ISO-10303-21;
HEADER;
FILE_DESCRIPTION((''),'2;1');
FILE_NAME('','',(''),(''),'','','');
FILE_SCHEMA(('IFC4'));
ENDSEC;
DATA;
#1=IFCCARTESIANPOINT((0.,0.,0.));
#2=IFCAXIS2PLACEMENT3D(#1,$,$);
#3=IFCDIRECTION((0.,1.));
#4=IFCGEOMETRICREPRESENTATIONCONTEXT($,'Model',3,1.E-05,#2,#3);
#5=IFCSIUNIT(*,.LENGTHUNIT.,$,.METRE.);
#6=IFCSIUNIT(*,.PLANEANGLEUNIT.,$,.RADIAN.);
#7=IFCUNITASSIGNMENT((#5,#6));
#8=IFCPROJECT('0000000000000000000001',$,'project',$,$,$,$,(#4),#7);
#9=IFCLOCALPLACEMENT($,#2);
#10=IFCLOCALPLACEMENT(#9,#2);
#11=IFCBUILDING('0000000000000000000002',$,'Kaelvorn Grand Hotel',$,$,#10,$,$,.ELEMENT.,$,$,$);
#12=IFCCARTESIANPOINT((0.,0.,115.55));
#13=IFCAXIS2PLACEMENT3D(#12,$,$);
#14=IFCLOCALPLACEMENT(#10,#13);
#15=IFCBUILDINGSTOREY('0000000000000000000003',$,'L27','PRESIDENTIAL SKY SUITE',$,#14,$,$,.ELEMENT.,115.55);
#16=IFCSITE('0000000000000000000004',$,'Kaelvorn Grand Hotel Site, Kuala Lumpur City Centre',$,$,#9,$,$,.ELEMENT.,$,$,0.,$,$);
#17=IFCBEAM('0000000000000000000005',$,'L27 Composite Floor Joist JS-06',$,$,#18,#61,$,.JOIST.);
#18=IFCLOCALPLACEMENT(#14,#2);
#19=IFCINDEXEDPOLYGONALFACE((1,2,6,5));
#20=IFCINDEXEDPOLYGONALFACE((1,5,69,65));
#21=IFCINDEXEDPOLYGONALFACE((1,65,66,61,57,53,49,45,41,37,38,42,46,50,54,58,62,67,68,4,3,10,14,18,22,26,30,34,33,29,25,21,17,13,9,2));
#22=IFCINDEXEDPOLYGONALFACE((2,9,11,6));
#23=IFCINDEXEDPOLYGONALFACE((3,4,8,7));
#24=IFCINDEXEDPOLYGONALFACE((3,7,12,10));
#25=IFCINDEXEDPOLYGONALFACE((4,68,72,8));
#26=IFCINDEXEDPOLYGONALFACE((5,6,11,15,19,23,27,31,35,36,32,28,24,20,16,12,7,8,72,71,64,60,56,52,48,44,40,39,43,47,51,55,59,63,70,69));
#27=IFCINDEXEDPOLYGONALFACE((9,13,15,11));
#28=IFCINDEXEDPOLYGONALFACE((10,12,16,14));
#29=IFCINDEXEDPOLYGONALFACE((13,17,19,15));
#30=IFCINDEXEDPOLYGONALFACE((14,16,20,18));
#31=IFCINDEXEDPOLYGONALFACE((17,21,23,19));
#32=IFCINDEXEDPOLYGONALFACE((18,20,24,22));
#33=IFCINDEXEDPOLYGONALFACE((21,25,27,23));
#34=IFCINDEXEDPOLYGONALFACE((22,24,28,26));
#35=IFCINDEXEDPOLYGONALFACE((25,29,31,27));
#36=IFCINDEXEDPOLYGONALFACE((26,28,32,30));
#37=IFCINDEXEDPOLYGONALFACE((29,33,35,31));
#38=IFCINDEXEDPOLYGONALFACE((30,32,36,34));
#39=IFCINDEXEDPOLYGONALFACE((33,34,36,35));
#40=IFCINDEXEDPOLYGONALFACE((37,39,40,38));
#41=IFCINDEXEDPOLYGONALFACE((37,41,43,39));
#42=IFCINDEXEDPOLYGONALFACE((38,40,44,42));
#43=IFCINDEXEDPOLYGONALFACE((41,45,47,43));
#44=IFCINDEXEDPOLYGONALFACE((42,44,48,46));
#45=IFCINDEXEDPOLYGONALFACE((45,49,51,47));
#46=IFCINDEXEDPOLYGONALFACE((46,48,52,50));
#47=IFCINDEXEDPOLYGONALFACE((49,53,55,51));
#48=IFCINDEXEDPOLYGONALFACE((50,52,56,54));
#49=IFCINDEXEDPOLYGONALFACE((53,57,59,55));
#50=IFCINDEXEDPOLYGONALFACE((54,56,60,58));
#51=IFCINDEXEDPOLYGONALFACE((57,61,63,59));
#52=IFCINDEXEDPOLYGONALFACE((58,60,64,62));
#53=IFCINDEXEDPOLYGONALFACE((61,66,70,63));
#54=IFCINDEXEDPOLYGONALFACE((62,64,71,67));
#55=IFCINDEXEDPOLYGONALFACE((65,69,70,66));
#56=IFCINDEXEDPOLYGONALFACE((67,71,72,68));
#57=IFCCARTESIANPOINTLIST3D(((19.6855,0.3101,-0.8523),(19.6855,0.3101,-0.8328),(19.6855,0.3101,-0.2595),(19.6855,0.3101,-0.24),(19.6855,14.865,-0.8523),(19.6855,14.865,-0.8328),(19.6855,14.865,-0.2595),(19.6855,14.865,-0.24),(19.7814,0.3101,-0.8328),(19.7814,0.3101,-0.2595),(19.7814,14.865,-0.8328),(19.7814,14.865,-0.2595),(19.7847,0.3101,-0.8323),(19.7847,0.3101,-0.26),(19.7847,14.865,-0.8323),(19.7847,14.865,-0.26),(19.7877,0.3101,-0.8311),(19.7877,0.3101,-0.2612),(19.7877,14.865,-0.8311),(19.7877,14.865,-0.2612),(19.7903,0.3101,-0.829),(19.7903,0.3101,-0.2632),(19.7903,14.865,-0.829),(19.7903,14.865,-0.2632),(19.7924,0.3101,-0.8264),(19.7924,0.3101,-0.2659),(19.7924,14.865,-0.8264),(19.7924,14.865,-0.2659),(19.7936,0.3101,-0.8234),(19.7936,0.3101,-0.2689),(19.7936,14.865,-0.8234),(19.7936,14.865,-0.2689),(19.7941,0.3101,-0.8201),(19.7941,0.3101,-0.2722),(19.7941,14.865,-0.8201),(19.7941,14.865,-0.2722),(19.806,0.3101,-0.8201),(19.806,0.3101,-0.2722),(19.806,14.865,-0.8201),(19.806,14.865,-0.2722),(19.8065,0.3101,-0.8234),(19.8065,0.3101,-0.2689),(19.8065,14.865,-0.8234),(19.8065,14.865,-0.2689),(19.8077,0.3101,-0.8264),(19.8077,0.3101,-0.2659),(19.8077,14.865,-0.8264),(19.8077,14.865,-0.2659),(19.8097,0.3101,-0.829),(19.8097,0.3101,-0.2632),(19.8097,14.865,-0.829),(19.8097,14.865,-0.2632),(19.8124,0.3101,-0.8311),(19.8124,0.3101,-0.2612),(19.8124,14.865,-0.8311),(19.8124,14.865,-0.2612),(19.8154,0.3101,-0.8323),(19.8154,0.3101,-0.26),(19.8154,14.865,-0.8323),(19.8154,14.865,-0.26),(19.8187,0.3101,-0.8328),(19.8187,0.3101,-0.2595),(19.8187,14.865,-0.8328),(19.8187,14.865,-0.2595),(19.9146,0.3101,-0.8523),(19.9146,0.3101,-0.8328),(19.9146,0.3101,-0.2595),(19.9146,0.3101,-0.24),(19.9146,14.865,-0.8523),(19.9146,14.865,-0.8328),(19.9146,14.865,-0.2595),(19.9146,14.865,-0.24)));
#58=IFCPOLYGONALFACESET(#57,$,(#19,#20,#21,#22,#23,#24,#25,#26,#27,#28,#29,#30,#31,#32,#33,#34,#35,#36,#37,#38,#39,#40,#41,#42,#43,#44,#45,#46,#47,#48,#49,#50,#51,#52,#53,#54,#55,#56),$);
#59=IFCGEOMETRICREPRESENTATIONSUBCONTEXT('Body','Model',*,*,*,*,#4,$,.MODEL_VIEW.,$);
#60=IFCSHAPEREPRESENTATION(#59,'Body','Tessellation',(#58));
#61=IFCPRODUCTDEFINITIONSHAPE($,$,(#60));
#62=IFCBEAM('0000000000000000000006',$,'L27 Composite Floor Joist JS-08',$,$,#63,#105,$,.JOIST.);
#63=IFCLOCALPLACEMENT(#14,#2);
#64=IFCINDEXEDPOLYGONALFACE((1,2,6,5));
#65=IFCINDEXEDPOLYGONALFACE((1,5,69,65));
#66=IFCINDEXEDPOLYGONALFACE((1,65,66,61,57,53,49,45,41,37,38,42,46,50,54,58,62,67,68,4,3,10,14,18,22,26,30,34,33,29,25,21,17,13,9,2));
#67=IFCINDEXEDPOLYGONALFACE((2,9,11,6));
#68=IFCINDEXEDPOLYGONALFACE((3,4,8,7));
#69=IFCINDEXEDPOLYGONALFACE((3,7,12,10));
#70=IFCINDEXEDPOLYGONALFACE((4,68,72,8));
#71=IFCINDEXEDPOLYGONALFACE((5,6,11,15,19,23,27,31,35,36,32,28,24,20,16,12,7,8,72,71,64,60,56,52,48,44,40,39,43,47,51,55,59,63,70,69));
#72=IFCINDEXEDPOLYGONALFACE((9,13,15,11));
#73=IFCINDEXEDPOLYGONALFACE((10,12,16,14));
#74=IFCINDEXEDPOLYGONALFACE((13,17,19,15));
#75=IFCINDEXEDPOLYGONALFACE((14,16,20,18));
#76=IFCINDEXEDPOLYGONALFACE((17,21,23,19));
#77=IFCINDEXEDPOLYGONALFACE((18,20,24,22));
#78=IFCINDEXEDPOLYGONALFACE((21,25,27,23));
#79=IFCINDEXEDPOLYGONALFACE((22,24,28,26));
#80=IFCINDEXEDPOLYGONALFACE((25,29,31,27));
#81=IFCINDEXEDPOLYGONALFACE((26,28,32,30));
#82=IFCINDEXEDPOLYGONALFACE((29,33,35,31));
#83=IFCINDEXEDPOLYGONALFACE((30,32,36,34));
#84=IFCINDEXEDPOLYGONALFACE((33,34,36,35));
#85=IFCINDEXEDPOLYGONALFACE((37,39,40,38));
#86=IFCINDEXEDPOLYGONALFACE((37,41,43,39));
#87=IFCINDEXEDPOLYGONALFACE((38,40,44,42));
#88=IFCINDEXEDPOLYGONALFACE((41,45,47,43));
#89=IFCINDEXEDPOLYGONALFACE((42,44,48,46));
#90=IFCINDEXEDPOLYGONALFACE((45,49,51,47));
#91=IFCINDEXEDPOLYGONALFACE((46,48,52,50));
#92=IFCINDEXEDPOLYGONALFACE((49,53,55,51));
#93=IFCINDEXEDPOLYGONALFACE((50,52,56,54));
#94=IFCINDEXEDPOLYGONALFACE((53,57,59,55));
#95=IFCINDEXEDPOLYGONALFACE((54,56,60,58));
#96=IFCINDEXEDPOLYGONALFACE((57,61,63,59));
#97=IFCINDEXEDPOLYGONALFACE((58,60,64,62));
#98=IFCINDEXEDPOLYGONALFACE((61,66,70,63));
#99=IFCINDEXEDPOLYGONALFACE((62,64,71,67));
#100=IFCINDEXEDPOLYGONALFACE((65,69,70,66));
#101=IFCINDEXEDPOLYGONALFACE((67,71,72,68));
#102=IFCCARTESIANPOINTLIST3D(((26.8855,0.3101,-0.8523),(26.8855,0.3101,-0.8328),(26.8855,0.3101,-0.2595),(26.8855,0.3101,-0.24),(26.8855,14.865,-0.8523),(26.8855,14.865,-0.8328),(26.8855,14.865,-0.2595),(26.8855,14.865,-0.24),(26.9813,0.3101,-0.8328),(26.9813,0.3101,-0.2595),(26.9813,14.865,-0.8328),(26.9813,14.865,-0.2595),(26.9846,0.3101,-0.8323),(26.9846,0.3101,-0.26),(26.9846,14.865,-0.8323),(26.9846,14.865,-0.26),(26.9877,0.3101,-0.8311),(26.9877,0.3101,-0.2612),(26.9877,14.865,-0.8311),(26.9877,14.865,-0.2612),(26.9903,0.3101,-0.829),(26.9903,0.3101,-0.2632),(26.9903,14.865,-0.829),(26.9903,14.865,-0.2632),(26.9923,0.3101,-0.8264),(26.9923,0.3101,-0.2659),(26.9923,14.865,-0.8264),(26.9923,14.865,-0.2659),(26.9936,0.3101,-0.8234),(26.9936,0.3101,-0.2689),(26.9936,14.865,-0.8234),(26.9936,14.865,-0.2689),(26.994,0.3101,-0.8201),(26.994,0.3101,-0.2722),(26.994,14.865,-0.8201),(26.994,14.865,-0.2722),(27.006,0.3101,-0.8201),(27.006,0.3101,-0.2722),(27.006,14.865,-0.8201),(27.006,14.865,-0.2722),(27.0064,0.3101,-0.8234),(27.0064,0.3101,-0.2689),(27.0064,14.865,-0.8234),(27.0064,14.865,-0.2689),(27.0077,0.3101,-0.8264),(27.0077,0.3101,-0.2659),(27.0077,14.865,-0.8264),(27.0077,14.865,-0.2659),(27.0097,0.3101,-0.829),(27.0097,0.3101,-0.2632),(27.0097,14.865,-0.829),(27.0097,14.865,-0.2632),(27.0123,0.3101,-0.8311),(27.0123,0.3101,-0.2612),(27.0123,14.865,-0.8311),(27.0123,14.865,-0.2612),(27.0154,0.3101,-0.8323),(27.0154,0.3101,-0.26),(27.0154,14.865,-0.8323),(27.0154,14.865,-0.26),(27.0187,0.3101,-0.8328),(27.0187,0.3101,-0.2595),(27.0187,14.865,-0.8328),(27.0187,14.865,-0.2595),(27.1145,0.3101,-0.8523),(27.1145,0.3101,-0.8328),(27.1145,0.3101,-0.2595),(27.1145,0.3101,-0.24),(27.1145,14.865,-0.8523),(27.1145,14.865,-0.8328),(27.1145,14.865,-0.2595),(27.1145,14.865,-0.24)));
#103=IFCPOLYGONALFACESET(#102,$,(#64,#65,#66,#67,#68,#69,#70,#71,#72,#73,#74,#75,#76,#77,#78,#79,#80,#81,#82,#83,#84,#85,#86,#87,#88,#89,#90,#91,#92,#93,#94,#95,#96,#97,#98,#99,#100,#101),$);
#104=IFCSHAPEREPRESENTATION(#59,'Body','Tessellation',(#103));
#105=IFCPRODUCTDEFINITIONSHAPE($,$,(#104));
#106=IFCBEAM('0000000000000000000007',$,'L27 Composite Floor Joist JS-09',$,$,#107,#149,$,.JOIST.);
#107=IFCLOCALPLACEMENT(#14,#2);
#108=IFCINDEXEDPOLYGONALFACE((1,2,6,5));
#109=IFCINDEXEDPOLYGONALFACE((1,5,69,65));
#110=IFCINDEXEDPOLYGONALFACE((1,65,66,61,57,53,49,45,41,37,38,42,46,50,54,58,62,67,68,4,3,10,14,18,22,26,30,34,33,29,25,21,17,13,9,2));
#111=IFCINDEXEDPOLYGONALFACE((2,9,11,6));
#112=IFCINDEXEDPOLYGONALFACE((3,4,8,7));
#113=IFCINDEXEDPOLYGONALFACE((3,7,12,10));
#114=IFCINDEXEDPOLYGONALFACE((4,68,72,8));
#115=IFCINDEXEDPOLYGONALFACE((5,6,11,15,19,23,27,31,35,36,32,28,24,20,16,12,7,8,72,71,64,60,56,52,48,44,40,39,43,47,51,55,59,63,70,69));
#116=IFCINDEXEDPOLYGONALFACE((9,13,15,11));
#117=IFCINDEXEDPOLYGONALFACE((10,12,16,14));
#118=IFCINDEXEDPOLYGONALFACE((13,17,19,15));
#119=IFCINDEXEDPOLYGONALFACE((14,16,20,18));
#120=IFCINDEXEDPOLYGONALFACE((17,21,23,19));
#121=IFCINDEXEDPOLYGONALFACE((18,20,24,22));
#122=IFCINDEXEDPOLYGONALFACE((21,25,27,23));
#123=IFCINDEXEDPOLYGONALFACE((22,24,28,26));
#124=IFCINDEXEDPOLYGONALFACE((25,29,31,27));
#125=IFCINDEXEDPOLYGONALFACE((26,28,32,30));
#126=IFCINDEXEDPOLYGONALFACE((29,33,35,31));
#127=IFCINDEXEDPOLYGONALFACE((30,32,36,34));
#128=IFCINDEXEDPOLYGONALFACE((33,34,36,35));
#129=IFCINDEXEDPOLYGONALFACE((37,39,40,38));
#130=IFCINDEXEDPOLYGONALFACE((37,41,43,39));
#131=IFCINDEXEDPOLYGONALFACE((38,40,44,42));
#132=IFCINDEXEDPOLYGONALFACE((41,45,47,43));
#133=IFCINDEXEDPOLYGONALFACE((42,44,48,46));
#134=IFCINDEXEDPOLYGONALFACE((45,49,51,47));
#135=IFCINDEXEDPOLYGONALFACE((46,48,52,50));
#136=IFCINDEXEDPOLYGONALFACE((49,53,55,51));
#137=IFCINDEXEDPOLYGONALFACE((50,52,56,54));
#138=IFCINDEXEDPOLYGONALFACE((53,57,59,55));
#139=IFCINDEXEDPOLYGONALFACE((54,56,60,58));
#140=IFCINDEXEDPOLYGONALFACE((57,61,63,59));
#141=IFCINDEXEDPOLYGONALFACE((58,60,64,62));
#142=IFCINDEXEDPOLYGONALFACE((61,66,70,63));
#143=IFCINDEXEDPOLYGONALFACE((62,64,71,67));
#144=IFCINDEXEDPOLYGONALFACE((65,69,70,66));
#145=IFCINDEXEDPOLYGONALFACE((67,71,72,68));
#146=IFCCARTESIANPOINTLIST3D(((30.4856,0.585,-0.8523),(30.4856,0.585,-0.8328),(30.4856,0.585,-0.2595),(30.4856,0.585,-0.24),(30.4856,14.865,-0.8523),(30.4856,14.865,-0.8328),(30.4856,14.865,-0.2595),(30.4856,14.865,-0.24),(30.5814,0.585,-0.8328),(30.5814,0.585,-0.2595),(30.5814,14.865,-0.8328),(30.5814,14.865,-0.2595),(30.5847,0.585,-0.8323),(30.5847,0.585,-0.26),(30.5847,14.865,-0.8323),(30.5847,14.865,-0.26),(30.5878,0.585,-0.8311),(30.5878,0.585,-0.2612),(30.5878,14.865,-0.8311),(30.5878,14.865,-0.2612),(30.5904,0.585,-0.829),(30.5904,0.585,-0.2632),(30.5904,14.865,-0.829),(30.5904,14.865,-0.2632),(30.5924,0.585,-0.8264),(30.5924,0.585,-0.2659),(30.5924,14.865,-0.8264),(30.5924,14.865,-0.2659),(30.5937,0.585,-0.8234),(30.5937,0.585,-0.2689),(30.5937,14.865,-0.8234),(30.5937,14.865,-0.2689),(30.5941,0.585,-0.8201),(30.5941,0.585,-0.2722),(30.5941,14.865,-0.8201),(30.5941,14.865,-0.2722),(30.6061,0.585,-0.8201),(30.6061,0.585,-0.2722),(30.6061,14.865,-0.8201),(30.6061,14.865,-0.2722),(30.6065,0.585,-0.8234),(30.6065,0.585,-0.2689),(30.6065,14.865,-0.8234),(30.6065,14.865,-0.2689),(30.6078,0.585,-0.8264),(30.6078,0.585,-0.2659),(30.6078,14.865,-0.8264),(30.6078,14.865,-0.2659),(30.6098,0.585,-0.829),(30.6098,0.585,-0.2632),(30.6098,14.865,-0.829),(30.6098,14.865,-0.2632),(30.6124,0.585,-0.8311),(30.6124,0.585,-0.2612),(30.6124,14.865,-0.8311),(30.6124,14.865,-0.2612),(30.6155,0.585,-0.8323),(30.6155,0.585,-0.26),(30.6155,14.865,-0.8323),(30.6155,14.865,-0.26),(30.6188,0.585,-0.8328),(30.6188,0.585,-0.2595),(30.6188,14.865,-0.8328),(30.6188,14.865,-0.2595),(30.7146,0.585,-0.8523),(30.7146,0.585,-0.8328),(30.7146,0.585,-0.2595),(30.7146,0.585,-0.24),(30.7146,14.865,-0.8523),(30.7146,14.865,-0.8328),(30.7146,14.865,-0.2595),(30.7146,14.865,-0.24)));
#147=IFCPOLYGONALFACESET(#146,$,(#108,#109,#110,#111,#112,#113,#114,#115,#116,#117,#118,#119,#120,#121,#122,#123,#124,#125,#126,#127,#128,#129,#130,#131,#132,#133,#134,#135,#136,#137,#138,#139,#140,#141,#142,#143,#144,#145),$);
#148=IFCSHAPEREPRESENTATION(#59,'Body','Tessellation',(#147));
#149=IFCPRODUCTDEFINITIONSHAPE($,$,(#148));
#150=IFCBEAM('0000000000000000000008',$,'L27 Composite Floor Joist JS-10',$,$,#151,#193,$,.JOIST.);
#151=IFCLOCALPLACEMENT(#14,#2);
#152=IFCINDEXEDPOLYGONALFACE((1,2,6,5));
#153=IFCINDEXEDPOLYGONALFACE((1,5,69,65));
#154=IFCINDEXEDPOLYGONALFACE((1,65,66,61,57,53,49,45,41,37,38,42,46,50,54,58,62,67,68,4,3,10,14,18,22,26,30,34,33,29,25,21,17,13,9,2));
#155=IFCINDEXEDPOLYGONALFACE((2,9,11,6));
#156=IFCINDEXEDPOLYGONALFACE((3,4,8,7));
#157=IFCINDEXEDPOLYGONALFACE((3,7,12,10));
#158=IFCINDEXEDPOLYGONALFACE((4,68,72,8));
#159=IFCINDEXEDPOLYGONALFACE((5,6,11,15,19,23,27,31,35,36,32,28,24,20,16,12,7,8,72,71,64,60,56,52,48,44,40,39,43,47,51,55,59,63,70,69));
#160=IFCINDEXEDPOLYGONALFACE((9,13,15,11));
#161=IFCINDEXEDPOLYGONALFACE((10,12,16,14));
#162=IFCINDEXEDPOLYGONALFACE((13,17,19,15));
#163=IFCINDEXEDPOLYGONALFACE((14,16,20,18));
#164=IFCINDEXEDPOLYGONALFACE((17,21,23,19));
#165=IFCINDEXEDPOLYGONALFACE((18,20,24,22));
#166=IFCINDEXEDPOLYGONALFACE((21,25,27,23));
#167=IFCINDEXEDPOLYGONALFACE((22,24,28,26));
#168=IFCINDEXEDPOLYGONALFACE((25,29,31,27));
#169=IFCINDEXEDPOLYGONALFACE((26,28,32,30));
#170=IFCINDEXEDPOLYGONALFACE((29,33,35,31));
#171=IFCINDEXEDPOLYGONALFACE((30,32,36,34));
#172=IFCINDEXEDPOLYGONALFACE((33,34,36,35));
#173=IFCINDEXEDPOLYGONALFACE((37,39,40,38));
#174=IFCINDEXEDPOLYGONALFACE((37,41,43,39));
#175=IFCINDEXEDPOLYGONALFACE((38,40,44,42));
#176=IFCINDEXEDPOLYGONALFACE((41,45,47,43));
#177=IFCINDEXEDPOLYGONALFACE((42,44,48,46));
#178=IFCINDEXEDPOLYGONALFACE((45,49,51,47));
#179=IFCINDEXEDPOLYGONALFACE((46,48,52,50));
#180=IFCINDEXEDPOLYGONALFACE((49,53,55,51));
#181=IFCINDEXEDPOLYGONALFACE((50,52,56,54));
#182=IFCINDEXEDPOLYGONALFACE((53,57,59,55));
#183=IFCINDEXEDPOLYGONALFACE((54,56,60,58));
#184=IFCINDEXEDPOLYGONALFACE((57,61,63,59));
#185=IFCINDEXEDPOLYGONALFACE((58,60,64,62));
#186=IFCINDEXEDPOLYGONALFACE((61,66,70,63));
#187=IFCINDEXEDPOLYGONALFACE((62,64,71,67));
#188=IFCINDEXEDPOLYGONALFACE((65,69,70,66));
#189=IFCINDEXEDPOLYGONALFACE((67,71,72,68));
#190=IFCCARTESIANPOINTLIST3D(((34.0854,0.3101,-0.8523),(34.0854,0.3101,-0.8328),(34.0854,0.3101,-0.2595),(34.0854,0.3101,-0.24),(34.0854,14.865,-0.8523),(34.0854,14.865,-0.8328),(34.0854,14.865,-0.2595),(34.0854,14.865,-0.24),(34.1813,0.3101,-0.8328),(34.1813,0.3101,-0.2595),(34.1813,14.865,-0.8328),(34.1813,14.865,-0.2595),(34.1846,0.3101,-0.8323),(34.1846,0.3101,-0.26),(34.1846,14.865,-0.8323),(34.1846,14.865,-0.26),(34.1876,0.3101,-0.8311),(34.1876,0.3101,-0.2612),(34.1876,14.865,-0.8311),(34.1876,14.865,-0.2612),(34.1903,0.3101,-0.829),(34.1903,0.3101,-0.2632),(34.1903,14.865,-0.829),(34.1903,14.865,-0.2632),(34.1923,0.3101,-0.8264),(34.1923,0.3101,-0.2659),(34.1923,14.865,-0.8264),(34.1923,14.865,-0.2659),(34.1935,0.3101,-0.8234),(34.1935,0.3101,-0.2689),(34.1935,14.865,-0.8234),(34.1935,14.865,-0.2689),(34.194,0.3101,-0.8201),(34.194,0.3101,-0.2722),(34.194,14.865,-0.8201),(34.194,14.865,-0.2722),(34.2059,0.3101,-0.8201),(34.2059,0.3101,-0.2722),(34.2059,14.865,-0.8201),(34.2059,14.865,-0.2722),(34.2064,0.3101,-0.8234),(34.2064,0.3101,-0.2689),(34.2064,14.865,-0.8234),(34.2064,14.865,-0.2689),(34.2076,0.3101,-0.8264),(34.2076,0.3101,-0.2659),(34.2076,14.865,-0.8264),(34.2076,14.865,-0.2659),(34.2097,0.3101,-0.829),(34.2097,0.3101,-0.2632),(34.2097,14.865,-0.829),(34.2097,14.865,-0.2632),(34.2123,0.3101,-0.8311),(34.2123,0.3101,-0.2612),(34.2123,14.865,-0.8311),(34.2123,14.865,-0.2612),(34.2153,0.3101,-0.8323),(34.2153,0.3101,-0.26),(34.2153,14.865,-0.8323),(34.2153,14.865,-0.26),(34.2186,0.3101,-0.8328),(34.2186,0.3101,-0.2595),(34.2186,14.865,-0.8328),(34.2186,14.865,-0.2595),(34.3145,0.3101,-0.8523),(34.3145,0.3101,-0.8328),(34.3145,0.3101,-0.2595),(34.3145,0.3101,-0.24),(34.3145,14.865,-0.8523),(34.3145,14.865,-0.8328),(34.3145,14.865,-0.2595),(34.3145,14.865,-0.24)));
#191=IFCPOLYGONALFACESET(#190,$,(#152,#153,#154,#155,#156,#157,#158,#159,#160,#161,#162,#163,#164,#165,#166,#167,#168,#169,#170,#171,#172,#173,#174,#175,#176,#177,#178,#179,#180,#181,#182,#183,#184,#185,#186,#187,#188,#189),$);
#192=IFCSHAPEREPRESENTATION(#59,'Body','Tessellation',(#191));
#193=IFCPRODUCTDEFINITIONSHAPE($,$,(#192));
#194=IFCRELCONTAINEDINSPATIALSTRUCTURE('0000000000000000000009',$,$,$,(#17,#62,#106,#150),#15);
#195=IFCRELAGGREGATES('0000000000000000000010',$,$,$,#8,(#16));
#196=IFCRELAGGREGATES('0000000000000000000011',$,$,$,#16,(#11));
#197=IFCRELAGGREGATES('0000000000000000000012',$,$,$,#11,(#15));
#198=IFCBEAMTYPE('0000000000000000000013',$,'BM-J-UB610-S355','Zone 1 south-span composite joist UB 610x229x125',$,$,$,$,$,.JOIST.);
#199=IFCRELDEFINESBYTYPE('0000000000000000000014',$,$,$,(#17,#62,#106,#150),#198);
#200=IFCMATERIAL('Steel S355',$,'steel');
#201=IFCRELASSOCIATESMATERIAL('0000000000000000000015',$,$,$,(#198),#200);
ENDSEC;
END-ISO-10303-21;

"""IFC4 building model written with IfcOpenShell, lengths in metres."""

from ifc_helpers import new_model, si_unit, direction, frame, origin, origin_2d, place, context, subcontext, project, spatial, i_section, extrude, material, material_profile, profile_set, type_object, element, save


model = new_model("IFC4")

# Units and contexts
model_context = context("Model", 3, precision=1e-05, world=origin(), true_north=direction((0.0, 1.0)))
body_context = subcontext(model_context, "Body", "Model", "MODEL_VIEW")
ifc_project = project(units=[si_unit("LENGTHUNIT", "METRE"), si_unit("PLANEANGLEUNIT", "RADIAN")], contexts=[model_context])

# Site, building, storey
site_placement = place(None, origin())
site = spatial("IfcSite", under=ifc_project, at=site_placement, Name="Kaelvorn Grand Hotel Site, Kuala Lumpur City Centre", CompositionType="ELEMENT", RefElevation=0.0)
building_placement = place(site_placement, origin())
building = spatial("IfcBuilding", under=site, at=building_placement, Name="Kaelvorn Grand Hotel", CompositionType="ELEMENT")
storey_placement = place(building_placement, frame((0.0, 0.0, 115.55)))
storey = spatial("IfcBuildingStorey", under=building, at=storey_placement, Name="L27", Description="PRESIDENTIAL SKY SUITE", CompositionType="ELEMENT", Elevation=115.55)

# Beams
ifc_material_1 = material(Name="Steel S355", Category="steel")
ifc_material_profile_1 = material_profile(ifc_material_1, i_section(OverallWidth=0.229, OverallDepth=0.6123, WebThickness=0.012, FlangeThickness=0.0195, FilletRadius=0.0127, at=origin_2d()), Name="UB 610x229x125")
ifc_profile_set_1 = profile_set([ifc_material_profile_1], Name="Steel S355")
beam_type_1 = type_object("IfcBeamType", Name="BM-J-UB610-S355", Description="Zone 1 south-span composite joist UB 610x229x125", PredefinedType="JOIST", material=ifc_profile_set_1)
for number, where, z_axis, x_axis, name in (
    (1, (19.8, 0.3101, -0.5461), (0.0, 1.0, 0.0), (-1.0, 0.0, 0.0), "L27 Composite Floor Joist JS-06"),
    (2, (27.0, 0.3101, -0.5461), (0.0, 1.0, 0.0), (-1.0, 0.0, 0.0), "L27 Composite Floor Joist JS-08"),
):
    element("IfcBeam", number, at=place(storey_placement, frame(where, z_axis=z_axis, x_axis=x_axis)), inside=storey, type_object=beam_type_1, Name=name, PredefinedType="JOIST", context=body_context, shape_type="SweptSolid", body=[
        extrude(i_section(OverallWidth=0.229, OverallDepth=0.6123, WebThickness=0.012, FlangeThickness=0.0195, FilletRadius=0.0127, at=origin_2d()), origin(), (0.0, 0.0, 1.0), 14.5549),
    ])
beam_1_placement = place(storey_placement, frame((30.6001, 0.585, -0.5461), z_axis=(0.0, 1.0, 0.0), x_axis=(-1.0, 0.0, 0.0)))
element("IfcBeam", 3, at=beam_1_placement, inside=storey, type_object=beam_type_1, Name="L27 Composite Floor Joist JS-09", PredefinedType="JOIST", context=body_context, shape_type="SweptSolid", body=[
    extrude(i_section(OverallWidth=0.229, OverallDepth=0.6123, WebThickness=0.012, FlangeThickness=0.0195, FilletRadius=0.0127, at=origin_2d()), origin(), (0.0, 0.0, 1.0), 14.28),
])
beam_2_placement = place(storey_placement, frame((34.2, 0.3101, -0.5461), z_axis=(0.0, 1.0, 0.0), x_axis=(-1.0, 0.0, 0.0)))
element("IfcBeam", 4, at=beam_2_placement, inside=storey, type_object=beam_type_1, Name="L27 Composite Floor Joist JS-10", PredefinedType="JOIST", context=body_context, shape_type="SweptSolid", body=[
    extrude(i_section(OverallWidth=0.229, OverallDepth=0.6123, WebThickness=0.012, FlangeThickness=0.0195, FilletRadius=0.0127, at=origin_2d()), origin(), (0.0, 0.0, 1.0), 14.5549),
])

save(model, "model.ifc")
